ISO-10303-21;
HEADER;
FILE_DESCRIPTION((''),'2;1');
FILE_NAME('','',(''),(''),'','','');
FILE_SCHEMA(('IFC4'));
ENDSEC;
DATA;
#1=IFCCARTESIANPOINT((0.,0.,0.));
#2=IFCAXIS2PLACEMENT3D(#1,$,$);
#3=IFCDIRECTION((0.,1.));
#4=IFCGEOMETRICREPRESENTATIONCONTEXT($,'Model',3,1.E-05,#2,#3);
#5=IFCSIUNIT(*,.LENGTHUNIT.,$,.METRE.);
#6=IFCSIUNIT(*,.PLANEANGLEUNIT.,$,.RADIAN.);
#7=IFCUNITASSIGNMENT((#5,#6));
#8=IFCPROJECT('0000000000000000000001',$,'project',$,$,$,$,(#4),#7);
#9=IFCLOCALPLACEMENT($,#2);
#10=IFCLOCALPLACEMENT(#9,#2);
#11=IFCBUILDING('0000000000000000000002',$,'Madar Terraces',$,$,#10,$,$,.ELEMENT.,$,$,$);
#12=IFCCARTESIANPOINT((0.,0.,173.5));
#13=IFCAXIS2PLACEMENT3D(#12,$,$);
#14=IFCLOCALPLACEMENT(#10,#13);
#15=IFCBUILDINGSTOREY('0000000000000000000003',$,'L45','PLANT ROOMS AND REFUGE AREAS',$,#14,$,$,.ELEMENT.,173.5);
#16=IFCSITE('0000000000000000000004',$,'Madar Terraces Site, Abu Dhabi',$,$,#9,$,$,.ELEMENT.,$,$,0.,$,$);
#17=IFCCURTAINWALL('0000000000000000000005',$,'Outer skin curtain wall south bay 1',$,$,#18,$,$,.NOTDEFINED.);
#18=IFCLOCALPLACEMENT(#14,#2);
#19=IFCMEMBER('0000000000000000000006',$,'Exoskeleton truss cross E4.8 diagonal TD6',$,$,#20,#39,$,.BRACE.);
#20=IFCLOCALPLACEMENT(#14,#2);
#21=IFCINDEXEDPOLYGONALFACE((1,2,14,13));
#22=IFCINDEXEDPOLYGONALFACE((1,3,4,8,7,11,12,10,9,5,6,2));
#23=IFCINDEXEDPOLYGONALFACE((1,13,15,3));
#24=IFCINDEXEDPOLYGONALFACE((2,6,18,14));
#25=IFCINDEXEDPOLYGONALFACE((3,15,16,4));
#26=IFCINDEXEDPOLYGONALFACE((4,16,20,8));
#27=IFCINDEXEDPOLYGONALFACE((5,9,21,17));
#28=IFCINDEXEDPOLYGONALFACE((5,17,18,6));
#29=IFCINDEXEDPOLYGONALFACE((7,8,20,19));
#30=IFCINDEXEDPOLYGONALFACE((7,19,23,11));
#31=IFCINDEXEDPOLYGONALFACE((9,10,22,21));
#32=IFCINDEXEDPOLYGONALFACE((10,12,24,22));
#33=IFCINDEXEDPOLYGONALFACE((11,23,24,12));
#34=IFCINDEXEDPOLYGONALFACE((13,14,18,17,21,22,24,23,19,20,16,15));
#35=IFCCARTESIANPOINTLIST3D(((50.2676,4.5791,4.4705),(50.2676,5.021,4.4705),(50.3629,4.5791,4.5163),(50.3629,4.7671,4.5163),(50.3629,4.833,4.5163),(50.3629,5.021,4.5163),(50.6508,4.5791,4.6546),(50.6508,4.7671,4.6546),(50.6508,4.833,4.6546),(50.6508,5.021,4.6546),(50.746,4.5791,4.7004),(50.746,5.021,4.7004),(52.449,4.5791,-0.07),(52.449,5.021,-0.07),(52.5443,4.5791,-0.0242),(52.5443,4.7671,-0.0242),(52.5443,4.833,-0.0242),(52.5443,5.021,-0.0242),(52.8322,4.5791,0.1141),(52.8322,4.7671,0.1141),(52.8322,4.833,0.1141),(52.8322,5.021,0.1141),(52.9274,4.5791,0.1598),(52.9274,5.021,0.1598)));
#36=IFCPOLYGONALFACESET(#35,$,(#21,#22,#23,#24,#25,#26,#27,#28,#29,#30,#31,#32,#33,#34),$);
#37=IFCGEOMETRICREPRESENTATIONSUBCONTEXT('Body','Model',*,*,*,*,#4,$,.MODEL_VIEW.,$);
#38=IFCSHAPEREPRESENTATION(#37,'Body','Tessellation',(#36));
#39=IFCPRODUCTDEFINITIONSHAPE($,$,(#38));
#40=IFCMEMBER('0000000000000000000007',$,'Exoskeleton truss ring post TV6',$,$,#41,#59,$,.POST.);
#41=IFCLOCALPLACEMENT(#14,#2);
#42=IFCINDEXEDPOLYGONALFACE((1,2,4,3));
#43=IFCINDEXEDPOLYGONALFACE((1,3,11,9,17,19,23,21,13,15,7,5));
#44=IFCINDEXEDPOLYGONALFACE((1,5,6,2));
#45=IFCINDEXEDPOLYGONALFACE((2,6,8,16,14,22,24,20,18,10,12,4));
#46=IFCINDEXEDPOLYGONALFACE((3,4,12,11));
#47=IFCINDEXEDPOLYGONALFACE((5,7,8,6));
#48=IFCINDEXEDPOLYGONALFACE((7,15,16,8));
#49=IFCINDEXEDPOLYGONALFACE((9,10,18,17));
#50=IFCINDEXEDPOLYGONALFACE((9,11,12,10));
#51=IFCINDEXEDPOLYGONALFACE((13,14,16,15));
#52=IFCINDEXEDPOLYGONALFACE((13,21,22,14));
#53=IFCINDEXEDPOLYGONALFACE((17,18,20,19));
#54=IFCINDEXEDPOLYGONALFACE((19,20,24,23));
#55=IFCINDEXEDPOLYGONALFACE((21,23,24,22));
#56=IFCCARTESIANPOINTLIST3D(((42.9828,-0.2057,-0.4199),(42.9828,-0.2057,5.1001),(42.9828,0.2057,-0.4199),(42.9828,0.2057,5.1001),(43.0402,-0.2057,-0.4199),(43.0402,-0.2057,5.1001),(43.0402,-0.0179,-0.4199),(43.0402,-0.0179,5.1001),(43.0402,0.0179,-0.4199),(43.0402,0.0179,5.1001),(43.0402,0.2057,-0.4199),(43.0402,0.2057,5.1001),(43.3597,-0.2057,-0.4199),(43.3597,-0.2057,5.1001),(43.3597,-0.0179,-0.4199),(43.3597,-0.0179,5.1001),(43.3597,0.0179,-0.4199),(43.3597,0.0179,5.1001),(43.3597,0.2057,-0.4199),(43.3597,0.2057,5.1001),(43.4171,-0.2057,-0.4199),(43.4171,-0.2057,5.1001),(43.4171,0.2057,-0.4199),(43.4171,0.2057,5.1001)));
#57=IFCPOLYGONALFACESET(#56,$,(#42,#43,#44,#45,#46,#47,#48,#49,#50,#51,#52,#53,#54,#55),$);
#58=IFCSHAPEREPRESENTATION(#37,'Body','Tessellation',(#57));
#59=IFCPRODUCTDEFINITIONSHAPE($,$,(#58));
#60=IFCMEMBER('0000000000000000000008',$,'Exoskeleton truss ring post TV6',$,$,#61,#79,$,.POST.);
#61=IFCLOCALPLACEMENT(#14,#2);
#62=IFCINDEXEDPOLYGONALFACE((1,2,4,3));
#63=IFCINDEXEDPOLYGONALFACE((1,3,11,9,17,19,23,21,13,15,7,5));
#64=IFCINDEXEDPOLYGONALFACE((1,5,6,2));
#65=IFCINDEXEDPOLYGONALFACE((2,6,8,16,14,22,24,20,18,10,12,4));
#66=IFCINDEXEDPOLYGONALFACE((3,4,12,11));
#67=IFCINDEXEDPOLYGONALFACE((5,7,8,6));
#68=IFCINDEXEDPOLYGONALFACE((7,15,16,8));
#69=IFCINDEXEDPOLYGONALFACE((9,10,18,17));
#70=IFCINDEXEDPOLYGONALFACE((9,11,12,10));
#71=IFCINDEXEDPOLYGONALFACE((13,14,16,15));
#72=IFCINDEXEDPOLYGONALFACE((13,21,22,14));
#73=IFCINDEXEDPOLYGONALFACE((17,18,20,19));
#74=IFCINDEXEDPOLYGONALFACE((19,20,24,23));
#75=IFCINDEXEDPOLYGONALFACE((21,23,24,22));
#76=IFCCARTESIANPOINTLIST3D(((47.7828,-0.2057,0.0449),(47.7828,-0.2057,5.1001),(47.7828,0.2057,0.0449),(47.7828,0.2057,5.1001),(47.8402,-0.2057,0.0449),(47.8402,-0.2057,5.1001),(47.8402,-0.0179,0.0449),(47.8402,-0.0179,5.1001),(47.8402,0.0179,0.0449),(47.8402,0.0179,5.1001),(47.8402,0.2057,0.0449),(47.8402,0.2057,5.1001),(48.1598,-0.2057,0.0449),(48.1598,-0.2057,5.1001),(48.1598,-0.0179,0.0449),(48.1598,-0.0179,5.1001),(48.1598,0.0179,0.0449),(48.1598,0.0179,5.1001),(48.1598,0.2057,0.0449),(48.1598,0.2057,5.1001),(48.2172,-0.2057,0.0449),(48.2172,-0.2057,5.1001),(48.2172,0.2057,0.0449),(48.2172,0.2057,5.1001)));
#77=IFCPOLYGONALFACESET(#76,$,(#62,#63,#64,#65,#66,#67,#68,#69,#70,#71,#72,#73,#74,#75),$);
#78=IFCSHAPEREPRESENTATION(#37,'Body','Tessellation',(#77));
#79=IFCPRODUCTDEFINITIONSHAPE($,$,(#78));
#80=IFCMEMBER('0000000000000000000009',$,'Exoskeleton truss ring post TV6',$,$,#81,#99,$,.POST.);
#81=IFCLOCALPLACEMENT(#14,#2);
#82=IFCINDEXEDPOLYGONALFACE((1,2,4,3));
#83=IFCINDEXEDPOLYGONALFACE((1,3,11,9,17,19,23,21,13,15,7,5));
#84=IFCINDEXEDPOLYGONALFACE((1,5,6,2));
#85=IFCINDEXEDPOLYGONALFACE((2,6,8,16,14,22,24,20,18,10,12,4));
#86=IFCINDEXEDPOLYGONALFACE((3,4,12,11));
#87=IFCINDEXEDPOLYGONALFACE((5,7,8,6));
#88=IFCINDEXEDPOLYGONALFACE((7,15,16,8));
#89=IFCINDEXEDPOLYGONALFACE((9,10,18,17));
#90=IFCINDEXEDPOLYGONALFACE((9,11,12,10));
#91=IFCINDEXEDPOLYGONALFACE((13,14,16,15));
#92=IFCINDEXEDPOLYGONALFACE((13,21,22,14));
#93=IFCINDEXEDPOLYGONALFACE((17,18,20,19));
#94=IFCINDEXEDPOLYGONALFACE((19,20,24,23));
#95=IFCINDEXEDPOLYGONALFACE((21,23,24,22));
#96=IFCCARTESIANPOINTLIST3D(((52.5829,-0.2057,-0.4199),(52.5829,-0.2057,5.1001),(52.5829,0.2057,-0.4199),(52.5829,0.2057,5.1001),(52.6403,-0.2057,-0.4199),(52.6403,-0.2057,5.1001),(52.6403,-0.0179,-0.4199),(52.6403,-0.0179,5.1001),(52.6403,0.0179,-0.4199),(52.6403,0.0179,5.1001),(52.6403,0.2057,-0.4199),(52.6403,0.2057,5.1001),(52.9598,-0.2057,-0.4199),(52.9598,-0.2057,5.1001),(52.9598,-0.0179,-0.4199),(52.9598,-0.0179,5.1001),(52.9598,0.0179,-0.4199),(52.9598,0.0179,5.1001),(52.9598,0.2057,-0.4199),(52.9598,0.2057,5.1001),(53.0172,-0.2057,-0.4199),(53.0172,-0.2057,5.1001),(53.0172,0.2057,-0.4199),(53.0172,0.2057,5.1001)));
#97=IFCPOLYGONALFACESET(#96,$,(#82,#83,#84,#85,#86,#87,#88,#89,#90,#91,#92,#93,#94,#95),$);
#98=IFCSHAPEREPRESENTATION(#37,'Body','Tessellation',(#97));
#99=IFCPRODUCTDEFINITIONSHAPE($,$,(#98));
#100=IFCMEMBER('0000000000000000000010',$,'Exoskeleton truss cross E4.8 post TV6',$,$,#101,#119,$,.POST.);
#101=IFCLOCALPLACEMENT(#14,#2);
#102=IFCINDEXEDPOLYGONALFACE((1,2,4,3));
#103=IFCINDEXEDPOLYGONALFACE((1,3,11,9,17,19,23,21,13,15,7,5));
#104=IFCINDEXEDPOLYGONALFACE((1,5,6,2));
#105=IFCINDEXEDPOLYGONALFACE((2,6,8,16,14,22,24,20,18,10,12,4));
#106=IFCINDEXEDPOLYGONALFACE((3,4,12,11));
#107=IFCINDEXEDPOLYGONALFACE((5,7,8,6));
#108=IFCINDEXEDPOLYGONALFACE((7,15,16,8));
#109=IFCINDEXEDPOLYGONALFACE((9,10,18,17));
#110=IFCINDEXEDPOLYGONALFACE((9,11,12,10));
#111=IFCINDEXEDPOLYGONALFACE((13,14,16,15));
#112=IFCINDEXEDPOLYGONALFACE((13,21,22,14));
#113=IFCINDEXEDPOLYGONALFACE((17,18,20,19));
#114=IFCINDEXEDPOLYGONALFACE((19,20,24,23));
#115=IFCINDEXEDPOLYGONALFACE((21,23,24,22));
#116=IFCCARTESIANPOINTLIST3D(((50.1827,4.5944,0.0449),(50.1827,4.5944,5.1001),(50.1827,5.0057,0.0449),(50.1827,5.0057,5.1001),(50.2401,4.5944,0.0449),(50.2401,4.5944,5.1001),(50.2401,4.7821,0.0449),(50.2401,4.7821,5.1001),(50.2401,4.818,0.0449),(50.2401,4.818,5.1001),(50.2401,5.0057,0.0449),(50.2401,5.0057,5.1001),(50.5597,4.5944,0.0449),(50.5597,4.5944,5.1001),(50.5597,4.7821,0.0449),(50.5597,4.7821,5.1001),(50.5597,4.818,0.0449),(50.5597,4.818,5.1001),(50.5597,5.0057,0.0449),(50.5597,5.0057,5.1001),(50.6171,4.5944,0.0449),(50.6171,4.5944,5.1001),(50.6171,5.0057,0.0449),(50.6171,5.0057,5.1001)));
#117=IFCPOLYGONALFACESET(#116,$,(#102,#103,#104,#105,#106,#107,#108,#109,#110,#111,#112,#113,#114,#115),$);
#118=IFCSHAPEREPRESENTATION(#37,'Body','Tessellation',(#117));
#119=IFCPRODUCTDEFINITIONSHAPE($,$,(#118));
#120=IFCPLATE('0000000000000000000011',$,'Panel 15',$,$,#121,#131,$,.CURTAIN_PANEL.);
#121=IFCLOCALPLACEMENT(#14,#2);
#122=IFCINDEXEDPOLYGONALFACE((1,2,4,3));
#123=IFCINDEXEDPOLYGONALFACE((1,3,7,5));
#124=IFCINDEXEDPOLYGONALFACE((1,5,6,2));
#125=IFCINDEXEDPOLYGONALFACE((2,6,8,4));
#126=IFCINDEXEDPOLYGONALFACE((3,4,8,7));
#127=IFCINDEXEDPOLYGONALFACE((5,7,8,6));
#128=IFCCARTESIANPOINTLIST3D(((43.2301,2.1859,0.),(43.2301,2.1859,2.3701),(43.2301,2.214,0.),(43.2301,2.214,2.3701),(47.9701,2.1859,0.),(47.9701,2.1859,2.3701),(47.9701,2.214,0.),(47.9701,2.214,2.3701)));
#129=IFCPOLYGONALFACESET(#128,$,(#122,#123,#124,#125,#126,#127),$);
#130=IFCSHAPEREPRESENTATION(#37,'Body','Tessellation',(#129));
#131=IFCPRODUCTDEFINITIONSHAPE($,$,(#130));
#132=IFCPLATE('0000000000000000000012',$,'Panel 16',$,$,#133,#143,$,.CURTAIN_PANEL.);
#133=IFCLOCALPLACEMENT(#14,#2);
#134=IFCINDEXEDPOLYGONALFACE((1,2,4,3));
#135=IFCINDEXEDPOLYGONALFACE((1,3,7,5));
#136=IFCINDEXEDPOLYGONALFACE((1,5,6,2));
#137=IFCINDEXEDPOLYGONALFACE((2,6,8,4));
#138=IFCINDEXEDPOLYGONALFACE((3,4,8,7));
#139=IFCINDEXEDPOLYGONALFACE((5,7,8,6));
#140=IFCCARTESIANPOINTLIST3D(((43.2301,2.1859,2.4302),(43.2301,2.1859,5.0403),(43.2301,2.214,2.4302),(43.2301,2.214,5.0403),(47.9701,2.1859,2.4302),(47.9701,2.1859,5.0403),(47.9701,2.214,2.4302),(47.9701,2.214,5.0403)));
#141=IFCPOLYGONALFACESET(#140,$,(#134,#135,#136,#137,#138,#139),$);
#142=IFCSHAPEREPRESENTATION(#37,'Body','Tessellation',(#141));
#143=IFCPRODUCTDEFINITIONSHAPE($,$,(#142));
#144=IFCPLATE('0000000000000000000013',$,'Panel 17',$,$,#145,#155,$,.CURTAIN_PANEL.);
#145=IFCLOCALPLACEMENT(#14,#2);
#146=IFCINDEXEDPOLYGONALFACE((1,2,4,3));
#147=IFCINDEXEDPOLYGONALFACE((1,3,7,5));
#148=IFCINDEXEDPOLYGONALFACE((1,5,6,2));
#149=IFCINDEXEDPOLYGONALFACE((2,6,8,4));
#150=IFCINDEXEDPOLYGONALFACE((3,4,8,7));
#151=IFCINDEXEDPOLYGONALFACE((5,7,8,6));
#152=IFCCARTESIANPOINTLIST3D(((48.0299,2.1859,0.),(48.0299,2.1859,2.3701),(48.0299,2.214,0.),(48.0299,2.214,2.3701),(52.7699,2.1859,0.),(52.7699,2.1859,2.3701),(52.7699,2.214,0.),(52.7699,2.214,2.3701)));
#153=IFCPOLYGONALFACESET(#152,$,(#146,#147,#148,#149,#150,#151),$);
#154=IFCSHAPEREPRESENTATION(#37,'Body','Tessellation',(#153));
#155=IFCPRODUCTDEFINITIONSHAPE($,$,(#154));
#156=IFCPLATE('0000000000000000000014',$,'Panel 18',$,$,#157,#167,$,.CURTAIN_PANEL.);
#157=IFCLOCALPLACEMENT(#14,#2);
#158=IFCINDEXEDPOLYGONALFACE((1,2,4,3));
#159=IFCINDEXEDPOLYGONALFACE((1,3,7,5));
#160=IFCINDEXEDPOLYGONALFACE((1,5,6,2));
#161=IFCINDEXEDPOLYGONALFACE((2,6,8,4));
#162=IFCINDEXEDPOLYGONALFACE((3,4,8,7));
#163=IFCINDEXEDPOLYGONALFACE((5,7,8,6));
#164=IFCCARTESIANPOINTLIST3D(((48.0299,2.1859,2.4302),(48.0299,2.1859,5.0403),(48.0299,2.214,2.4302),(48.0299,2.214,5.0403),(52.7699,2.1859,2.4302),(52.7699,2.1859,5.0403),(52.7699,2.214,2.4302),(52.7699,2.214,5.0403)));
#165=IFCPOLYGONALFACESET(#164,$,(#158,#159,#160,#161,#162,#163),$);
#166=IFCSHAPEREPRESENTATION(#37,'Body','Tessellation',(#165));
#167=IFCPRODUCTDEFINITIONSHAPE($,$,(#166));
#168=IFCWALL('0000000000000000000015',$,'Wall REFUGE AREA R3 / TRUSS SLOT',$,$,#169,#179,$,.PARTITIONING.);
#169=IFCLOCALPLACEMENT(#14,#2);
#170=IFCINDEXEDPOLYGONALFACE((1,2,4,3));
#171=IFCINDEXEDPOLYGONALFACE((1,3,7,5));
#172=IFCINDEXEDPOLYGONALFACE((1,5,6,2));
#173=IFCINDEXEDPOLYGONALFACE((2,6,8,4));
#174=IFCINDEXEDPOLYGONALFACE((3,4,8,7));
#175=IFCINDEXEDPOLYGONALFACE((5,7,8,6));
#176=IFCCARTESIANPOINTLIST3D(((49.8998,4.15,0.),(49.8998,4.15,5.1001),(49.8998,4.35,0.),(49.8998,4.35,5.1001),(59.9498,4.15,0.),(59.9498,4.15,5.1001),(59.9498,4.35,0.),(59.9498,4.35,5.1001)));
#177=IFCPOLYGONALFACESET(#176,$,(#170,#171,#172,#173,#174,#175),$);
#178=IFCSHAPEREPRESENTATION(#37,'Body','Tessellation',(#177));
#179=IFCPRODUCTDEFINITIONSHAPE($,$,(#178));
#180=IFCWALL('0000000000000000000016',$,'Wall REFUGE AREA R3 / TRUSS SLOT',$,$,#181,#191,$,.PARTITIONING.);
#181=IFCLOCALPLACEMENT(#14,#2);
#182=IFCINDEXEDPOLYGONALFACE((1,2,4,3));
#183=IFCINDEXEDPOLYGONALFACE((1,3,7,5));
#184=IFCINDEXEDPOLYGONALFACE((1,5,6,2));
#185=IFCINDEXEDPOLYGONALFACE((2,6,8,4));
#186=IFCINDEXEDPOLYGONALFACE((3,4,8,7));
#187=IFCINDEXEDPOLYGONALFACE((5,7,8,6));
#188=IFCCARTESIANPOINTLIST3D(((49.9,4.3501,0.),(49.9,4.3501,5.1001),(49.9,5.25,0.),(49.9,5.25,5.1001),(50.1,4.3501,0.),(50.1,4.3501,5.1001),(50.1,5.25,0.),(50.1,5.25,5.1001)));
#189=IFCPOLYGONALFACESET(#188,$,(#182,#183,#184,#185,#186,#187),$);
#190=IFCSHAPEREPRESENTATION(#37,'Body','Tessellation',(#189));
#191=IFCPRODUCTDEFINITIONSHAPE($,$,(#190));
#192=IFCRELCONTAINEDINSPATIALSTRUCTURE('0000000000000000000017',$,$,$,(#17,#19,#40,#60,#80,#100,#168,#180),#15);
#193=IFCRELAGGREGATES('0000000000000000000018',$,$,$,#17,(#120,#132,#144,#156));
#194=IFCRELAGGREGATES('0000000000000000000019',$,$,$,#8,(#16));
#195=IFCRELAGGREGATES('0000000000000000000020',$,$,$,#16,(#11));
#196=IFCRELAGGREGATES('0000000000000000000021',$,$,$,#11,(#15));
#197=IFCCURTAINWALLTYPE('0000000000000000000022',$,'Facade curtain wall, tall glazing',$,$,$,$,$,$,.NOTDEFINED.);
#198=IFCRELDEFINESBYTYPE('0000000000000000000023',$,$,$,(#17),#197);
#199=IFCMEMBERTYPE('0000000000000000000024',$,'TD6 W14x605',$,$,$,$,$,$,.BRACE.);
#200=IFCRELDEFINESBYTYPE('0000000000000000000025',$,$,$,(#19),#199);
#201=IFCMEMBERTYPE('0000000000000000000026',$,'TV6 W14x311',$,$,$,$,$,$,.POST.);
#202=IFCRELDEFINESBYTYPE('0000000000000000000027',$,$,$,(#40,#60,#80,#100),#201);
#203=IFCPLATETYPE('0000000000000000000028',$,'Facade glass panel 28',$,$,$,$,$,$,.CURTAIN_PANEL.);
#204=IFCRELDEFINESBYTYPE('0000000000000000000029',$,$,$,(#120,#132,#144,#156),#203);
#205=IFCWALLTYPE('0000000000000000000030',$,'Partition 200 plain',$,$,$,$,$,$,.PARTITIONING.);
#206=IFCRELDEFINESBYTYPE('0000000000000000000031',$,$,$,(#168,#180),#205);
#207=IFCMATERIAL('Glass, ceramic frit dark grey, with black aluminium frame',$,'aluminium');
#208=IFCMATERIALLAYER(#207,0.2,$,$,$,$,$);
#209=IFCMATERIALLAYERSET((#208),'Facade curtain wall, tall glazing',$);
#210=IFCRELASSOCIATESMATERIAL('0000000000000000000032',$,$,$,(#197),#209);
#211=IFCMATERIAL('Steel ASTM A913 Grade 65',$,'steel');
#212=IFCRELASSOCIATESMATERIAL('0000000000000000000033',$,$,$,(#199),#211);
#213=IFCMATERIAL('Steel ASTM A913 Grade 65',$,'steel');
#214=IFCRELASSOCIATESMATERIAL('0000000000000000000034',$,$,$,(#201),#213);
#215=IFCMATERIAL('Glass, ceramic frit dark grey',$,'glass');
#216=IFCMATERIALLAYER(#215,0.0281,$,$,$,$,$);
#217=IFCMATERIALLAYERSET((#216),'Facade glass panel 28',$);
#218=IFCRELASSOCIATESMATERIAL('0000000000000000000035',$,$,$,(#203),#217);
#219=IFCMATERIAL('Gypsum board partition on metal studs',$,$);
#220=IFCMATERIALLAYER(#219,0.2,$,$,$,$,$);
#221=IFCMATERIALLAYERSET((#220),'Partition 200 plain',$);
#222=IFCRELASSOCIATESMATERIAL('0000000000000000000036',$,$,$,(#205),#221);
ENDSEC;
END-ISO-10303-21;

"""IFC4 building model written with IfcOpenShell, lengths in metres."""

from ifc_helpers import new_model, si_unit, direction, frame, frame_2d, origin, origin_2d, place, context, subcontext, project, spatial, rectangle, i_section, extrude, material, layer, layer_set, material_profile, profile_set, type_object, element, aggregate, save


model = new_model("IFC4")

# Units and contexts
model_context = context("Model", 3, precision=1e-05, world=origin(), true_north=direction((0.0, 1.0)))
body_context = subcontext(model_context, "Body", "Model", "MODEL_VIEW")
ifc_project = project(units=[si_unit("LENGTHUNIT", "METRE"), si_unit("PLANEANGLEUNIT", "RADIAN")], contexts=[model_context])

# Site, building, storey
site_placement = place(None, origin())
site = spatial("IfcSite", under=ifc_project, at=site_placement, Name="Madar Terraces Site, Abu Dhabi", CompositionType="ELEMENT", RefElevation=0.0)
building_placement = place(site_placement, origin())
building = spatial("IfcBuilding", under=site, at=building_placement, Name="Madar Terraces", CompositionType="ELEMENT")
storey_placement = place(building_placement, frame((0.0, 0.0, 173.5)))
storey = spatial("IfcBuildingStorey", under=building, at=storey_placement, Name="L45", Description="PLANT ROOMS AND REFUGE AREAS", CompositionType="ELEMENT", Elevation=173.5)

# Curtain wall
ifc_material_1 = material(Name="Glass, ceramic frit dark grey, with black aluminium frame", Category="aluminium")
ifc_layer_1 = layer(ifc_material_1, 0.2)
ifc_layer_set_1 = layer_set([ifc_layer_1], Name="Facade curtain wall, tall glazing")
curtain_wall_type = type_object("IfcCurtainWallType", Name="Facade curtain wall, tall glazing", PredefinedType="NOTDEFINED", material=ifc_layer_set_1)
curtain_wall_placement = place(storey_placement, origin())
curtain_wall = element("IfcCurtainWall", 1, at=curtain_wall_placement, inside=storey, type_object=curtain_wall_type, Name="Outer skin curtain wall south bay 1", PredefinedType="NOTDEFINED")

# Members
ifc_material_2 = material(Name="Steel ASTM A913 Grade 65", Category="steel")
ifc_material_profile_1 = material_profile(ifc_material_2, i_section(OverallWidth=0.4419, OverallDepth=0.5308, WebThickness=0.0659, FlangeThickness=0.1057, at=origin_2d()), Name="W14x605")
ifc_profile_set_1 = profile_set([ifc_material_profile_1], Name="Steel ASTM A913 Grade 65")
member_type_1 = type_object("IfcMemberType", Name="TD6 W14x605", PredefinedType="BRACE", material=ifc_profile_set_1)
member_1_placement = place(storey_placement, frame((52.6882, 4.8, 0.0449), z_axis=(-0.433045, 0.0, 0.901372), x_axis=(0.0, -1.0, 0.0)))
element("IfcMember", 2, at=member_1_placement, inside=storey, type_object=member_type_1, Name="Exoskeleton truss cross E4.8 diagonal TD6", PredefinedType="BRACE", context=body_context, shape_type="SweptSolid", body=[
    extrude(i_section(OverallWidth=0.4419, OverallDepth=0.5308, WebThickness=0.0659, FlangeThickness=0.1057, at=origin_2d()), origin(), (0.0, 0.0, 1.0), 5.0374),
])
ifc_material_3 = material(Name="Steel ASTM A913 Grade 65", Category="steel")
ifc_material_profile_2 = material_profile(ifc_material_3, i_section(OverallWidth=0.4114, OverallDepth=0.4343, WebThickness=0.0359, FlangeThickness=0.0574, at=origin_2d()), Name="W14x311")
ifc_profile_set_2 = profile_set([ifc_material_profile_2], Name="Steel ASTM A913 Grade 65")
member_type_2 = type_object("IfcMemberType", Name="TV6 W14x311", PredefinedType="POST", material=ifc_profile_set_2)
member_2_placement = place(storey_placement, frame((43.2, 0.0, -0.4199), z_axis=(0.0, 0.0, 1.0), x_axis=(0.0, 1.0, 0.0)))
element("IfcMember", 3, at=member_2_placement, inside=storey, type_object=member_type_2, Name="Exoskeleton truss ring post TV6", PredefinedType="POST", context=body_context, shape_type="SweptSolid", body=[
    extrude(i_section(OverallWidth=0.4114, OverallDepth=0.4343, WebThickness=0.0359, FlangeThickness=0.0574, at=origin_2d()), origin(), (0.0, 0.0, 1.0), 5.52),
])
member_3_placement = place(storey_placement, frame((48.0, 0.0, 0.0449), z_axis=(0.0, 0.0, 1.0), x_axis=(0.0, 1.0, 0.0)))
element("IfcMember", 4, at=member_3_placement, inside=storey, type_object=member_type_2, Name="Exoskeleton truss ring post TV6", PredefinedType="POST", context=body_context, shape_type="SweptSolid", body=[
    extrude(i_section(OverallWidth=0.4114, OverallDepth=0.4343, WebThickness=0.0359, FlangeThickness=0.0574, at=origin_2d()), origin(), (0.0, 0.0, 1.0), 5.0552),
])
member_4_placement = place(storey_placement, frame((52.8, 0.0, -0.4199), z_axis=(0.0, 0.0, 1.0), x_axis=(0.0, 1.0, 0.0)))
element("IfcMember", 5, at=member_4_placement, inside=storey, type_object=member_type_2, Name="Exoskeleton truss ring post TV6", PredefinedType="POST", context=body_context, shape_type="SweptSolid", body=[
    extrude(i_section(OverallWidth=0.4114, OverallDepth=0.4343, WebThickness=0.0359, FlangeThickness=0.0574, at=origin_2d()), origin(), (0.0, 0.0, 1.0), 5.52),
])
member_5_placement = place(storey_placement, frame((50.3999, 4.8, 0.0449), z_axis=(0.0, 0.0, 1.0), x_axis=(0.0, 1.0, 0.0)))
element("IfcMember", 6, at=member_5_placement, inside=storey, type_object=member_type_2, Name="Exoskeleton truss cross E4.8 post TV6", PredefinedType="POST", context=body_context, shape_type="SweptSolid", body=[
    extrude(i_section(OverallWidth=0.4114, OverallDepth=0.4343, WebThickness=0.0359, FlangeThickness=0.0574, at=origin_2d()), origin(), (0.0, 0.0, 1.0), 5.0552),
])

# Plates
ifc_material_4 = material(Name="Glass, ceramic frit dark grey", Category="glass")
ifc_layer_2 = layer(ifc_material_4, 0.0281)
ifc_layer_set_2 = layer_set([ifc_layer_2], Name="Facade glass panel 28")
plate_type = type_object("IfcPlateType", Name="Facade glass panel 28", PredefinedType="CURTAIN_PANEL", material=ifc_layer_set_2)
plate_1_placement = place(storey_placement, frame((45.6001, 2.2, 0.0), z_axis=(0.0, 0.0, 1.0), x_axis=(1.0, 0.0, 0.0)))
plate_1 = element("IfcPlate", 7, at=plate_1_placement, type_object=plate_type, Name="Panel 15", PredefinedType="CURTAIN_PANEL", context=body_context, shape_type="SweptSolid", body=[
    extrude(rectangle(XDim=4.74, YDim=0.0281, at=origin_2d()), origin(), (0.0, 0.0, 1.0), 2.3701),
])
plate_2_placement = place(storey_placement, frame((45.6001, 2.2, 2.4302), z_axis=(0.0, 0.0, 1.0), x_axis=(1.0, 0.0, 0.0)))
plate_2 = element("IfcPlate", 8, at=plate_2_placement, type_object=plate_type, Name="Panel 16", PredefinedType="CURTAIN_PANEL", context=body_context, shape_type="SweptSolid", body=[
    extrude(rectangle(XDim=4.74, YDim=0.0281, at=origin_2d()), origin(), (0.0, 0.0, 1.0), 2.6101),
])
plate_3_placement = place(storey_placement, frame((50.3999, 2.2, 0.0), z_axis=(0.0, 0.0, 1.0), x_axis=(1.0, 0.0, 0.0)))
plate_3 = element("IfcPlate", 9, at=plate_3_placement, type_object=plate_type, Name="Panel 17", PredefinedType="CURTAIN_PANEL", context=body_context, shape_type="SweptSolid", body=[
    extrude(rectangle(XDim=4.74, YDim=0.0281, at=origin_2d()), origin(), (0.0, 0.0, 1.0), 2.3701),
])
plate_4_placement = place(storey_placement, frame((50.3999, 2.2, 2.4302), z_axis=(0.0, 0.0, 1.0), x_axis=(1.0, 0.0, 0.0)))
plate_4 = element("IfcPlate", 10, at=plate_4_placement, type_object=plate_type, Name="Panel 18", PredefinedType="CURTAIN_PANEL", context=body_context, shape_type="SweptSolid", body=[
    extrude(rectangle(XDim=4.74, YDim=0.0281, at=origin_2d()), origin(), (0.0, 0.0, 1.0), 2.6101),
])
aggregate(curtain_wall, [plate_1, plate_2, plate_3, plate_4])

# Walls
ifc_material_5 = material(Name="Gypsum board partition on metal studs")
ifc_layer_3 = layer(ifc_material_5, 0.2)
ifc_layer_set_3 = layer_set([ifc_layer_3], Name="Partition 200 plain")
wall_type = type_object("IfcWallType", Name="Partition 200 plain", PredefinedType="PARTITIONING", material=ifc_layer_set_3)
wall_1_placement = place(storey_placement, frame((49.8999, 4.25, 0.0), z_axis=(0.0, 0.0, 1.0), x_axis=(1.0, 0.0, 0.0)))
element("IfcWall", 11, at=wall_1_placement, inside=storey, type_object=wall_type, Name="Wall REFUGE AREA R3 / TRUSS SLOT", PredefinedType="PARTITIONING", context=body_context, shape_type="SweptSolid", body=[
    extrude(rectangle(XDim=10.05, YDim=0.2, at=frame_2d((5.0249, 0.0))), origin(), (0.0, 0.0, 1.0), 5.1001),
])
wall_2_placement = place(storey_placement, frame((50.0, 4.3501, 0.0), z_axis=(0.0, 0.0, 1.0), x_axis=(0.0, 1.0, 0.0)))
element("IfcWall", 12, at=wall_2_placement, inside=storey, type_object=wall_type, Name="Wall REFUGE AREA R3 / TRUSS SLOT", PredefinedType="PARTITIONING", context=body_context, shape_type="SweptSolid", body=[
    extrude(rectangle(XDim=0.8999, YDim=0.2, at=frame_2d((0.45, 0.0))), origin(), (0.0, 0.0, 1.0), 5.1001),
])

save(model, "model.ifc")
